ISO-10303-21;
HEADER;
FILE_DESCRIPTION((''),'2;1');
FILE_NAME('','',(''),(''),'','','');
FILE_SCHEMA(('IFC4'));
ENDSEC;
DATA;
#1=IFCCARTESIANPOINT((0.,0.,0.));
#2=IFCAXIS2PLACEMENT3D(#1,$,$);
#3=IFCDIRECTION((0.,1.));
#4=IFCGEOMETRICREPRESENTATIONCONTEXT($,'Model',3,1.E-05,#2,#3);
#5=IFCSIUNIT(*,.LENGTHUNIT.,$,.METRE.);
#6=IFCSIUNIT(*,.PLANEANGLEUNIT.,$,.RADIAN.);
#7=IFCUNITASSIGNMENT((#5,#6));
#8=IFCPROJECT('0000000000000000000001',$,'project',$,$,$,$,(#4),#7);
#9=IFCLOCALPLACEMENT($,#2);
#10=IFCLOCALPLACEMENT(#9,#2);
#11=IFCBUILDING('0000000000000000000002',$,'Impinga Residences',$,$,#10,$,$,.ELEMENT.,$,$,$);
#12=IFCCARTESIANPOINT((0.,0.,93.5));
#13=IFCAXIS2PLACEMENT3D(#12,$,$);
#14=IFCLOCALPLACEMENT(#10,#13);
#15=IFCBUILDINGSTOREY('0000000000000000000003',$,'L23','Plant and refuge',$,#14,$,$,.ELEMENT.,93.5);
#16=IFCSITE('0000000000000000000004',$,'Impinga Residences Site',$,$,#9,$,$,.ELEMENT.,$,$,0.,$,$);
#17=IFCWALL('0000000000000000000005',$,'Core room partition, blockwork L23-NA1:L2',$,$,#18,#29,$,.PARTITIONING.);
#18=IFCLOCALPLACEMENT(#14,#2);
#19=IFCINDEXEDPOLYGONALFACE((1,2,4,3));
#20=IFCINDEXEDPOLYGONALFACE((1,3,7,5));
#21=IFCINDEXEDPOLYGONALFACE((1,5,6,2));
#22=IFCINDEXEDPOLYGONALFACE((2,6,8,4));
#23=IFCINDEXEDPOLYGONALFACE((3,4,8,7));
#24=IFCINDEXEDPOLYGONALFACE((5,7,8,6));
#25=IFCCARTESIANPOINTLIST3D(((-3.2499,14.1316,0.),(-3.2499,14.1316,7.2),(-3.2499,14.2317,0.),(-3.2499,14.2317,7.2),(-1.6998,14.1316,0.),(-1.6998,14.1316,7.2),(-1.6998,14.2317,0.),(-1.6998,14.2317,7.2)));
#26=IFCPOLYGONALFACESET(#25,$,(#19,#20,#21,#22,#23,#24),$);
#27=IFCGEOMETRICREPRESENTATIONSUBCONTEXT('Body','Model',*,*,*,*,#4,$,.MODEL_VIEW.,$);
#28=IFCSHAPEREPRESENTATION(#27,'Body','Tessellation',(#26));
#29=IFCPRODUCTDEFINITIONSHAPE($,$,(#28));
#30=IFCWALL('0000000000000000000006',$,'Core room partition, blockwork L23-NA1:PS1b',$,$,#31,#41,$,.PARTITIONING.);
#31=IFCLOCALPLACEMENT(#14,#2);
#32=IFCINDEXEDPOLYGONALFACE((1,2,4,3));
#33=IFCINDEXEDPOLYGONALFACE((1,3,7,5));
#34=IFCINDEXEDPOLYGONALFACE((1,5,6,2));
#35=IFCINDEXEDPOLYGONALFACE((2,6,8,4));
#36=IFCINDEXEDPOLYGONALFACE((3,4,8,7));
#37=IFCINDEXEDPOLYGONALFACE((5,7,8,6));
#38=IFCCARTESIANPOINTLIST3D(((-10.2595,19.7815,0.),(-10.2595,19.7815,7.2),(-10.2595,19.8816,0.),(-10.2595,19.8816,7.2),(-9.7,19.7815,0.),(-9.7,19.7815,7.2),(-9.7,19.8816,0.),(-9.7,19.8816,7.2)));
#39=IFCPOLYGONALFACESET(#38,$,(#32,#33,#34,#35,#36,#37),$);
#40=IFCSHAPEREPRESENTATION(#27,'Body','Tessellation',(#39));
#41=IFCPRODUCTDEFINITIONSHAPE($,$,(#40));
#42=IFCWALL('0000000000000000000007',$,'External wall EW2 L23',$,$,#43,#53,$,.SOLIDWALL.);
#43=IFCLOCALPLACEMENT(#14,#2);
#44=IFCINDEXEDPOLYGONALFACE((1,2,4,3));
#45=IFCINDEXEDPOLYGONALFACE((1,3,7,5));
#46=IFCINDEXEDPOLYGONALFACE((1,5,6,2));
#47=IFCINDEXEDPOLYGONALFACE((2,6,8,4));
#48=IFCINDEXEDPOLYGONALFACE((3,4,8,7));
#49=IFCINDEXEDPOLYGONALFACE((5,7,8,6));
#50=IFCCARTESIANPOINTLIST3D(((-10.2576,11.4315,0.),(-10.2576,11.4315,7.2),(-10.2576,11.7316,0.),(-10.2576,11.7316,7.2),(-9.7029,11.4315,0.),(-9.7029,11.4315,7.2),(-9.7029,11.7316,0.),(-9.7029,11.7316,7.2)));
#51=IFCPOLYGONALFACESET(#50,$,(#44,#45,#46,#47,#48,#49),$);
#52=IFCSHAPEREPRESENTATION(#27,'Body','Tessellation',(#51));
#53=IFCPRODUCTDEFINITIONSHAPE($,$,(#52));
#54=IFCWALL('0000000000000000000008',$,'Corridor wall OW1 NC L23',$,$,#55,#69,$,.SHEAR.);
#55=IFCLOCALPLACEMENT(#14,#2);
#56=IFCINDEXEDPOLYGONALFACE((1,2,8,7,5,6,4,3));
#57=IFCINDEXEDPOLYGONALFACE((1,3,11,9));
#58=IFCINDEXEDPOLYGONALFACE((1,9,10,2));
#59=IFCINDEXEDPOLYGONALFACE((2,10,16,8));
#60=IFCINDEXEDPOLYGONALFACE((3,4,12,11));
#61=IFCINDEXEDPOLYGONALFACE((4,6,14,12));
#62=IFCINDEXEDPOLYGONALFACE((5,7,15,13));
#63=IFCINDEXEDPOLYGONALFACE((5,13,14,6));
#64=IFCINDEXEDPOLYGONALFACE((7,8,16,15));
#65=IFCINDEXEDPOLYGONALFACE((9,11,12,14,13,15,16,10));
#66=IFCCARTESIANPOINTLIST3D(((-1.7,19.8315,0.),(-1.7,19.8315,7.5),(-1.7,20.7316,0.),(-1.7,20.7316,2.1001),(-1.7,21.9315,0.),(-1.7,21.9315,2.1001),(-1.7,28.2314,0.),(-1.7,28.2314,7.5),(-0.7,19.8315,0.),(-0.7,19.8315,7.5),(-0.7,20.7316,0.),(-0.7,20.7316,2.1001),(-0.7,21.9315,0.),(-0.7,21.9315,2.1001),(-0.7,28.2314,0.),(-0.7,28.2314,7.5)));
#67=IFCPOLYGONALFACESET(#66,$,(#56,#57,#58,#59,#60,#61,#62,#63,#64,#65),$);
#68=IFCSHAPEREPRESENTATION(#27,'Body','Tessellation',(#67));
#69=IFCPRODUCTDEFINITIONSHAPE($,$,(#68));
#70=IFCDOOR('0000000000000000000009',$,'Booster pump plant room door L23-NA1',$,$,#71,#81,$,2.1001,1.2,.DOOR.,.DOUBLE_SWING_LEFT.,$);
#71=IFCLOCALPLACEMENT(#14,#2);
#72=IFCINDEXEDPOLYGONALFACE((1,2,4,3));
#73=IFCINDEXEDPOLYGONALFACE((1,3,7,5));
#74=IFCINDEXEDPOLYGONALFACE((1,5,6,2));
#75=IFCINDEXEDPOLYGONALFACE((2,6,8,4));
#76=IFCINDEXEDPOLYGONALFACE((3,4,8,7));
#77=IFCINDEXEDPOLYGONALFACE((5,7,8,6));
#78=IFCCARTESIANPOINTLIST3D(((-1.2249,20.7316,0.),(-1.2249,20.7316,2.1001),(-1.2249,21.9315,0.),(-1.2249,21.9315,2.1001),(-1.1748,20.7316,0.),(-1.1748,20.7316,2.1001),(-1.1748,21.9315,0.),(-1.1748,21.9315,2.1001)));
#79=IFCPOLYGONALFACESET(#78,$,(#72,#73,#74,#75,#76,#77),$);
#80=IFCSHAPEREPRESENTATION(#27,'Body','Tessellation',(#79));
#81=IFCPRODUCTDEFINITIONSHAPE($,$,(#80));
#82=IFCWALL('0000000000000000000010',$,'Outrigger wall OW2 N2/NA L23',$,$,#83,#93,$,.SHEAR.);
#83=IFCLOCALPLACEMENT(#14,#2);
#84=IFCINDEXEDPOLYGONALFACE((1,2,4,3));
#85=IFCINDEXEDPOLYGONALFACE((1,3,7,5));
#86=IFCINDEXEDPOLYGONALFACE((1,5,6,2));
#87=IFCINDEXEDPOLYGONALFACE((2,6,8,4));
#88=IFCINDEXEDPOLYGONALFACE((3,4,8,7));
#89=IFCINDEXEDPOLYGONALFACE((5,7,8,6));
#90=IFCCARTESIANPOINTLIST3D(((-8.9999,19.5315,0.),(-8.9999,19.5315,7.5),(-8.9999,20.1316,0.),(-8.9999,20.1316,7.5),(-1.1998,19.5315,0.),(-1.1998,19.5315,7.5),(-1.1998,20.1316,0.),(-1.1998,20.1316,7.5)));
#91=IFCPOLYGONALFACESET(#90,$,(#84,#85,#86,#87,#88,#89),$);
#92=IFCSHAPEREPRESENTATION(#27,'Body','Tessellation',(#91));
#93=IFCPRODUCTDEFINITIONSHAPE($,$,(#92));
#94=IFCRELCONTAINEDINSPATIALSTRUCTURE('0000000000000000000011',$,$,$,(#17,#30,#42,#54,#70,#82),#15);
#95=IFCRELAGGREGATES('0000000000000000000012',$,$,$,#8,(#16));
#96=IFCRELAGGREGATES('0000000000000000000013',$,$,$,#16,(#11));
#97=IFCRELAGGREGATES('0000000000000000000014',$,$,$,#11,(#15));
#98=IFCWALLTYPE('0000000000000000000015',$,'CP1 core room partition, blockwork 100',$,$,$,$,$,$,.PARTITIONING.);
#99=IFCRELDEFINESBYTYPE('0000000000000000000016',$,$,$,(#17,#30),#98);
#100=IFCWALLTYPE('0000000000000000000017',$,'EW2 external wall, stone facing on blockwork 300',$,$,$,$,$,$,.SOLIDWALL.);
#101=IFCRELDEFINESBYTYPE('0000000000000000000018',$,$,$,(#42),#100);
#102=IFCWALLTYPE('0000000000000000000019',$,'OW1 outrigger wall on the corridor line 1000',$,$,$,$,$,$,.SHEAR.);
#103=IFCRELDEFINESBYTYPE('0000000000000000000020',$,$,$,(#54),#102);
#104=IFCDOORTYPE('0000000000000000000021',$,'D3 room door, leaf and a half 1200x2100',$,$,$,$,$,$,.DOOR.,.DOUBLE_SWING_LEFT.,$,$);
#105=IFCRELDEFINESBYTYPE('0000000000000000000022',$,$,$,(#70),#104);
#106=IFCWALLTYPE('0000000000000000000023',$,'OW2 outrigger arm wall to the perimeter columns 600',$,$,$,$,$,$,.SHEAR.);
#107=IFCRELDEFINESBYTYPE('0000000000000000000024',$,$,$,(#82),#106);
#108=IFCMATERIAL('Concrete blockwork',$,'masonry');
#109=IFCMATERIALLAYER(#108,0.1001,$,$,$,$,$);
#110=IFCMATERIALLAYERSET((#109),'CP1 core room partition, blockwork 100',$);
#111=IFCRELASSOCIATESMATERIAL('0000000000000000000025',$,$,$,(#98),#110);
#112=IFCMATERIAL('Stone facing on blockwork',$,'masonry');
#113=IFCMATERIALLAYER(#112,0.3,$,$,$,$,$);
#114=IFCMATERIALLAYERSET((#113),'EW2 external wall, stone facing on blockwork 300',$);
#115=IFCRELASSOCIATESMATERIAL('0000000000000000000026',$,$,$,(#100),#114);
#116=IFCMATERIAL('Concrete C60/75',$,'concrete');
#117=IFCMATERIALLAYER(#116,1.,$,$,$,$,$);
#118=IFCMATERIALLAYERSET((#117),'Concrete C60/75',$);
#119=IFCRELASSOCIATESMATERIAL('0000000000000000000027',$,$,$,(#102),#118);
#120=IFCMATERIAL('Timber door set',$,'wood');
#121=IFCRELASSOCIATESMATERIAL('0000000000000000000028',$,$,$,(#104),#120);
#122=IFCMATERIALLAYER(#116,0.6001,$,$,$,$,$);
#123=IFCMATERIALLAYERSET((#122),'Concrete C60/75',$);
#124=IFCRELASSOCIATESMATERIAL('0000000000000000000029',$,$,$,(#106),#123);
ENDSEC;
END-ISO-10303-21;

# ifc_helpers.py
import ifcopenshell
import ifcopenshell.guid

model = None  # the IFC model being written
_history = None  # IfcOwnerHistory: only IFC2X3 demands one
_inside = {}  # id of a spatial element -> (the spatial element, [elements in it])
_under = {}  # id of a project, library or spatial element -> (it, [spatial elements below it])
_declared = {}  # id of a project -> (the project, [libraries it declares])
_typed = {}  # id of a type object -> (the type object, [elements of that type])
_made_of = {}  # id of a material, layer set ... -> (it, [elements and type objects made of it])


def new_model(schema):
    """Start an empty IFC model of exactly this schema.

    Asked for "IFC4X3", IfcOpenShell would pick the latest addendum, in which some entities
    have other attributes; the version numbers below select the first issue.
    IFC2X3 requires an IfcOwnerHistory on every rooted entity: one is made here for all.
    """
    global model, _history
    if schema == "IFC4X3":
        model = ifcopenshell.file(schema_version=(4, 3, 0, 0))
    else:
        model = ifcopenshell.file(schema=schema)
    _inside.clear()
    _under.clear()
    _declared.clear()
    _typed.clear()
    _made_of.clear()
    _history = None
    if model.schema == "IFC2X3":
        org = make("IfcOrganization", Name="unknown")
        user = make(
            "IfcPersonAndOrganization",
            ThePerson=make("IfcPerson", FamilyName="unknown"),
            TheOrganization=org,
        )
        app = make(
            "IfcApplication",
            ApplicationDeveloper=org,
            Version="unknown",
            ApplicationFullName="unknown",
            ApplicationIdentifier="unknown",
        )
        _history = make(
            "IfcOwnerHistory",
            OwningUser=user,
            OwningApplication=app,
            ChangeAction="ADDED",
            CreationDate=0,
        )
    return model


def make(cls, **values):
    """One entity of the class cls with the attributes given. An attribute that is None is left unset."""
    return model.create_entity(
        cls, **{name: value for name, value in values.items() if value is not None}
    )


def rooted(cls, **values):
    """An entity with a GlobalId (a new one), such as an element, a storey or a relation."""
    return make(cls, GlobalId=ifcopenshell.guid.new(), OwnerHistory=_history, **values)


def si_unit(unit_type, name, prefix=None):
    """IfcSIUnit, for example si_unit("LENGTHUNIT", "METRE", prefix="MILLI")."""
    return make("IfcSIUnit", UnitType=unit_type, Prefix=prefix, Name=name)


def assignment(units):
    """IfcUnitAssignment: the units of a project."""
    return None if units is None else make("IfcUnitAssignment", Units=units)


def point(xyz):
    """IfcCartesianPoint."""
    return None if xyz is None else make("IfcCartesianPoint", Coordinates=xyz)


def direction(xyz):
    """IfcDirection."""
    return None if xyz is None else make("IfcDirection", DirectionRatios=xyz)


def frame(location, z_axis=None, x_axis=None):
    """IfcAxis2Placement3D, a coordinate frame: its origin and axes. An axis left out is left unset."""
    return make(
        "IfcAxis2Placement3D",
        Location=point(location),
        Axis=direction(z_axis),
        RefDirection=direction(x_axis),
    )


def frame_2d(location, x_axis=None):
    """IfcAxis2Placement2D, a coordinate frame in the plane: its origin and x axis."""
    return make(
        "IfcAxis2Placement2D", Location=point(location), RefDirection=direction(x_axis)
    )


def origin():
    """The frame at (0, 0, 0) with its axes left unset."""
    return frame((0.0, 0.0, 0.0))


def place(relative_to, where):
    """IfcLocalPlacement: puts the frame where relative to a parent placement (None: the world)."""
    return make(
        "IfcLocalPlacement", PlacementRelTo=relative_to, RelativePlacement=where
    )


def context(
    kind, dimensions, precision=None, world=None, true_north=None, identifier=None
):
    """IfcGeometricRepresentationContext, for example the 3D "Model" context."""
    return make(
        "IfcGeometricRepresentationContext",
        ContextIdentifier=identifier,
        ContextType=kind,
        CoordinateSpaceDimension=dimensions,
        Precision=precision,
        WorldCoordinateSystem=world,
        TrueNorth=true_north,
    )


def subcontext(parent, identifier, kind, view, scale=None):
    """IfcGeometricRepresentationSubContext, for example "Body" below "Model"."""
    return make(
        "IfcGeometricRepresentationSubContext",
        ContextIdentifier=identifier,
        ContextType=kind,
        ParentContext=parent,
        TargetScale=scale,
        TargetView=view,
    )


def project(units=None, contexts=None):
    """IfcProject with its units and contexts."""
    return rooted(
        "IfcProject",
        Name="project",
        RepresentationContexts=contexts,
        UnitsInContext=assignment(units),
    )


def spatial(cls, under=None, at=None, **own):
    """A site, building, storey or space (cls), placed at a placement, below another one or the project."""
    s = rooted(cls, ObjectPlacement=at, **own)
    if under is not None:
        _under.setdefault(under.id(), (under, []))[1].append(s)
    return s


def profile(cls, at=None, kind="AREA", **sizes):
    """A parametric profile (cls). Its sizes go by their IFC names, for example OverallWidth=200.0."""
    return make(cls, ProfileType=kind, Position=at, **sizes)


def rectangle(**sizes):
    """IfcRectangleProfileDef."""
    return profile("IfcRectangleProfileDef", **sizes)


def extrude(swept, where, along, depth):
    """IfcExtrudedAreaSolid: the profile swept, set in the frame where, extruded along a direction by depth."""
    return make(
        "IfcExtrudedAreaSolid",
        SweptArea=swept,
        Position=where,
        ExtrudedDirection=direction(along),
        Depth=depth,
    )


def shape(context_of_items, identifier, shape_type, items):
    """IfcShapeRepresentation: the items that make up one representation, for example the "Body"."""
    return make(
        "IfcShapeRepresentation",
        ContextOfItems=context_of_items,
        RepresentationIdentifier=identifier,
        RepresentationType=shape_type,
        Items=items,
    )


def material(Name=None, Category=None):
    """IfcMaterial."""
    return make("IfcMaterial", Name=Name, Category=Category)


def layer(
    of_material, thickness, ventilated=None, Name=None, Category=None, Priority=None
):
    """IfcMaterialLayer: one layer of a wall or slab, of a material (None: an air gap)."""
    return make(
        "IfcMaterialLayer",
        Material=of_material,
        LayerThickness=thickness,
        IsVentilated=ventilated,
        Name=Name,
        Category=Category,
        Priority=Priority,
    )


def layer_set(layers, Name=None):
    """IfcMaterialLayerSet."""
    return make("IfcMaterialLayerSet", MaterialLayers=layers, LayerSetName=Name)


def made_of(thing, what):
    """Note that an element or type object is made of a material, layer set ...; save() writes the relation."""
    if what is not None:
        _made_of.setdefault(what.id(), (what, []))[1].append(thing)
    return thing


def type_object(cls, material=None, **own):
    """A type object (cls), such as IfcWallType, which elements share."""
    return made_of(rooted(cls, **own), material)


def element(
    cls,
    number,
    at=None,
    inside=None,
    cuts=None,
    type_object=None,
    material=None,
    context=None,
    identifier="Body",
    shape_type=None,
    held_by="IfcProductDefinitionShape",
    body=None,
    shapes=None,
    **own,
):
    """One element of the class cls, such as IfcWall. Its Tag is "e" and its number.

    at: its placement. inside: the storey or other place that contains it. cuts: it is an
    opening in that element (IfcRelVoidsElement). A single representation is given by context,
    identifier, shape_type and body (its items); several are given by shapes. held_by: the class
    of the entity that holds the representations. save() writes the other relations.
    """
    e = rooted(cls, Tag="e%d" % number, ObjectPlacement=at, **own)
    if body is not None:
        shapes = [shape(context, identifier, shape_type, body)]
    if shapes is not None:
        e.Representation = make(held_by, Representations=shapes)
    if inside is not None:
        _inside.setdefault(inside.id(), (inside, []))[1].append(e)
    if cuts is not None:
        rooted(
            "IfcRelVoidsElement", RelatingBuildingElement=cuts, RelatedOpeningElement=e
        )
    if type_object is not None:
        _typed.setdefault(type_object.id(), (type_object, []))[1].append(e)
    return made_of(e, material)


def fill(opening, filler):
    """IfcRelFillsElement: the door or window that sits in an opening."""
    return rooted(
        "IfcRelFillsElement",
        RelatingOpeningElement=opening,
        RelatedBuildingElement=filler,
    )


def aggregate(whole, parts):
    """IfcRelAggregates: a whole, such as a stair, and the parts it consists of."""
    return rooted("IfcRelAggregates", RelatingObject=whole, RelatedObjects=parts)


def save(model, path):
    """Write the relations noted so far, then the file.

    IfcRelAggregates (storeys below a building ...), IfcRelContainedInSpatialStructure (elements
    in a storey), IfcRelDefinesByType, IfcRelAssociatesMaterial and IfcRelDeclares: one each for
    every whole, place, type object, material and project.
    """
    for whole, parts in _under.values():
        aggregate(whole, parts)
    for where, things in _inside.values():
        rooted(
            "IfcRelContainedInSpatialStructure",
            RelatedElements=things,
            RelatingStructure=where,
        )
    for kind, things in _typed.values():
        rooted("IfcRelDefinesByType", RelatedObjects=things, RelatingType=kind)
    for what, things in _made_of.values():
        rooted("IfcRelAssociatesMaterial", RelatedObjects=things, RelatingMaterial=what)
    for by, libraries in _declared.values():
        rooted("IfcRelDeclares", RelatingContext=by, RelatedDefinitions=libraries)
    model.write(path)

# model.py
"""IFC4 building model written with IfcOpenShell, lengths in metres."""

from ifc_helpers import new_model, si_unit, direction, frame, frame_2d, origin, place, context, subcontext, project, spatial, rectangle, extrude, material, layer, layer_set, type_object, element, fill, save


model = new_model("IFC4")

# Units and contexts
model_context = context("Model", 3, precision=1e-05, world=origin(), true_north=direction((0.0, 1.0)))
body_context = subcontext(model_context, "Body", "Model", "MODEL_VIEW")
ifc_project = project(units=[si_unit("LENGTHUNIT", "METRE"), si_unit("PLANEANGLEUNIT", "RADIAN")], contexts=[model_context])

# Site, building, storey
site_placement = place(None, origin())
site = spatial("IfcSite", under=ifc_project, at=site_placement, Name="Impinga Residences Site", CompositionType="ELEMENT", RefElevation=0.0)
building_placement = place(site_placement, origin())
building = spatial("IfcBuilding", under=site, at=building_placement, Name="Impinga Residences", CompositionType="ELEMENT")
storey_placement = place(building_placement, frame((0.0, 0.0, 93.5)))
storey = spatial("IfcBuildingStorey", under=building, at=storey_placement, Name="L23", Description="Plant and refuge", CompositionType="ELEMENT", Elevation=93.5)

# Walls
ifc_material_1 = material(Name="Concrete blockwork", Category="masonry")
ifc_layer_1 = layer(ifc_material_1, 0.1001)
ifc_layer_set_1 = layer_set([ifc_layer_1], Name="CP1 core room partition, blockwork 100")
wall_type_1 = type_object("IfcWallType", Name="CP1 core room partition, blockwork 100", PredefinedType="PARTITIONING", material=ifc_layer_set_1)
wall_1_placement = place(storey_placement, frame((-1.7, 14.1816, 0.0), z_axis=(0.0, 0.0, 1.0), x_axis=(-1.0, 0.0, 0.0)))
element("IfcWall", 1, at=wall_1_placement, inside=storey, type_object=wall_type_1, Name="Core room partition, blockwork L23-NA1:L2", PredefinedType="PARTITIONING", context=body_context, shape_type="SweptSolid", body=[
    extrude(rectangle(XDim=1.55, YDim=0.1001, at=frame_2d((0.7749, 0.0))), origin(), (0.0, 0.0, 1.0), 7.2),
])
wall_2_placement = place(storey_placement, frame((-9.7, 19.8315, 0.0), z_axis=(0.0, 0.0, 1.0), x_axis=(-1.0, 0.0, 0.0)))
element("IfcWall", 2, at=wall_2_placement, inside=storey, type_object=wall_type_1, Name="Core room partition, blockwork L23-NA1:PS1b", PredefinedType="PARTITIONING", context=body_context, shape_type="SweptSolid", body=[
    extrude(rectangle(XDim=0.5596, YDim=0.1001, at=frame_2d((0.2798, 0.0))), origin(), (0.0, 0.0, 1.0), 7.2),
])
ifc_material_2 = material(Name="Stone facing on blockwork", Category="masonry")
ifc_layer_2 = layer(ifc_material_2, 0.3)
ifc_layer_set_2 = layer_set([ifc_layer_2], Name="EW2 external wall, stone facing on blockwork 300")
wall_type_2 = type_object("IfcWallType", Name="EW2 external wall, stone facing on blockwork 300", PredefinedType="SOLIDWALL", material=ifc_layer_set_2)
wall_3_placement = place(storey_placement, frame((-9.7029, 11.5815, 0.0), z_axis=(0.0, 0.0, 1.0), x_axis=(-1.0, 0.0, 0.0)))
element("IfcWall", 3, at=wall_3_placement, inside=storey, type_object=wall_type_2, Name="External wall EW2 L23", PredefinedType="SOLIDWALL", context=body_context, shape_type="SweptSolid", body=[
    extrude(rectangle(XDim=0.5547, YDim=0.3, at=frame_2d((0.2773, 0.0))), origin(), (0.0, 0.0, 1.0), 7.2),
])

# Wall, opening, door
ifc_material_3 = material(Name="Concrete C60/75", Category="concrete")
ifc_layer_3 = layer(ifc_material_3, 1.0)
ifc_layer_set_3 = layer_set([ifc_layer_3], Name="Concrete C60/75")
wall_type_3 = type_object("IfcWallType", Name="OW1 outrigger wall on the corridor line 1000", PredefinedType="SHEAR", material=ifc_layer_set_3)
wall_4_placement = place(storey_placement, frame((-1.2, 19.8315, 0.0), z_axis=(0.0, 0.0, 1.0), x_axis=(0.0, 1.0, 0.0)))
wall_4 = element("IfcWall", 4, at=wall_4_placement, inside=storey, type_object=wall_type_3, Name="Corridor wall OW1 NC L23", PredefinedType="SHEAR", context=body_context, shape_type="SweptSolid", body=[
    extrude(rectangle(XDim=8.3999, YDim=1.0, at=frame_2d((4.2, 0.0))), origin(), (0.0, 0.0, 1.0), 7.5),
])
opening_placement = place(wall_4_placement, frame((0.8999, 0.0, 0.0)))
opening = element("IfcOpeningElement", 5, at=opening_placement, cuts=wall_4, PredefinedType="OPENING", context=body_context, shape_type="SweptSolid", body=[
    extrude(rectangle(XDim=1.2, YDim=2.1001, at=frame_2d((0.6001, 1.05))), frame((0.0, 0.51, 0.0), z_axis=(0.0, -1.0, 0.0), x_axis=(1.0, 0.0, 0.0)), (0.0, 0.0, 1.0), 1.02),
])
ifc_material_4 = material(Name="Timber door set", Category="wood")
door_type = type_object("IfcDoorType", Name="D3 room door, leaf and a half 1200x2100", OperationType="DOUBLE_SWING_LEFT", PredefinedType="DOOR", material=ifc_material_4)
door_placement = place(opening_placement, origin())
door = element("IfcDoor", 6, at=door_placement, inside=storey, type_object=door_type, Name="Booster pump plant room door L23-NA1", OperationType="DOUBLE_SWING_LEFT", OverallHeight=2.1001, OverallWidth=1.2, PredefinedType="DOOR", context=body_context, shape_type="SweptSolid", body=[
    extrude(rectangle(XDim=1.2, YDim=2.1001, at=frame_2d((0.6001, 1.05))), frame((0.0, 0.0249, 0.0), z_axis=(0.0, -1.0, 0.0), x_axis=(1.0, 0.0, 0.0)), (0.0, 0.0, 1.0), 0.05),
])
fill(opening, door)

# Wall
ifc_layer_4 = layer(ifc_material_3, 0.6001)
ifc_layer_set_4 = layer_set([ifc_layer_4], Name="Concrete C60/75")
wall_type_4 = type_object("IfcWallType", Name="OW2 outrigger arm wall to the perimeter columns 600", PredefinedType="SHEAR", material=ifc_layer_set_4)
wall_5_placement = place(storey_placement, frame((-1.2, 19.8315, 0.0), z_axis=(0.0, 0.0, 1.0), x_axis=(-1.0, 0.0, 0.0)))
element("IfcWall", 7, at=wall_5_placement, inside=storey, type_object=wall_type_4, Name="Outrigger wall OW2 N2/NA L23", PredefinedType="SHEAR", context=body_context, shape_type="SweptSolid", body=[
    extrude(rectangle(XDim=7.8, YDim=0.6001, at=frame_2d((3.8999, 0.0))), origin(), (0.0, 0.0, 1.0), 7.5),
])

save(model, "model.ifc")
